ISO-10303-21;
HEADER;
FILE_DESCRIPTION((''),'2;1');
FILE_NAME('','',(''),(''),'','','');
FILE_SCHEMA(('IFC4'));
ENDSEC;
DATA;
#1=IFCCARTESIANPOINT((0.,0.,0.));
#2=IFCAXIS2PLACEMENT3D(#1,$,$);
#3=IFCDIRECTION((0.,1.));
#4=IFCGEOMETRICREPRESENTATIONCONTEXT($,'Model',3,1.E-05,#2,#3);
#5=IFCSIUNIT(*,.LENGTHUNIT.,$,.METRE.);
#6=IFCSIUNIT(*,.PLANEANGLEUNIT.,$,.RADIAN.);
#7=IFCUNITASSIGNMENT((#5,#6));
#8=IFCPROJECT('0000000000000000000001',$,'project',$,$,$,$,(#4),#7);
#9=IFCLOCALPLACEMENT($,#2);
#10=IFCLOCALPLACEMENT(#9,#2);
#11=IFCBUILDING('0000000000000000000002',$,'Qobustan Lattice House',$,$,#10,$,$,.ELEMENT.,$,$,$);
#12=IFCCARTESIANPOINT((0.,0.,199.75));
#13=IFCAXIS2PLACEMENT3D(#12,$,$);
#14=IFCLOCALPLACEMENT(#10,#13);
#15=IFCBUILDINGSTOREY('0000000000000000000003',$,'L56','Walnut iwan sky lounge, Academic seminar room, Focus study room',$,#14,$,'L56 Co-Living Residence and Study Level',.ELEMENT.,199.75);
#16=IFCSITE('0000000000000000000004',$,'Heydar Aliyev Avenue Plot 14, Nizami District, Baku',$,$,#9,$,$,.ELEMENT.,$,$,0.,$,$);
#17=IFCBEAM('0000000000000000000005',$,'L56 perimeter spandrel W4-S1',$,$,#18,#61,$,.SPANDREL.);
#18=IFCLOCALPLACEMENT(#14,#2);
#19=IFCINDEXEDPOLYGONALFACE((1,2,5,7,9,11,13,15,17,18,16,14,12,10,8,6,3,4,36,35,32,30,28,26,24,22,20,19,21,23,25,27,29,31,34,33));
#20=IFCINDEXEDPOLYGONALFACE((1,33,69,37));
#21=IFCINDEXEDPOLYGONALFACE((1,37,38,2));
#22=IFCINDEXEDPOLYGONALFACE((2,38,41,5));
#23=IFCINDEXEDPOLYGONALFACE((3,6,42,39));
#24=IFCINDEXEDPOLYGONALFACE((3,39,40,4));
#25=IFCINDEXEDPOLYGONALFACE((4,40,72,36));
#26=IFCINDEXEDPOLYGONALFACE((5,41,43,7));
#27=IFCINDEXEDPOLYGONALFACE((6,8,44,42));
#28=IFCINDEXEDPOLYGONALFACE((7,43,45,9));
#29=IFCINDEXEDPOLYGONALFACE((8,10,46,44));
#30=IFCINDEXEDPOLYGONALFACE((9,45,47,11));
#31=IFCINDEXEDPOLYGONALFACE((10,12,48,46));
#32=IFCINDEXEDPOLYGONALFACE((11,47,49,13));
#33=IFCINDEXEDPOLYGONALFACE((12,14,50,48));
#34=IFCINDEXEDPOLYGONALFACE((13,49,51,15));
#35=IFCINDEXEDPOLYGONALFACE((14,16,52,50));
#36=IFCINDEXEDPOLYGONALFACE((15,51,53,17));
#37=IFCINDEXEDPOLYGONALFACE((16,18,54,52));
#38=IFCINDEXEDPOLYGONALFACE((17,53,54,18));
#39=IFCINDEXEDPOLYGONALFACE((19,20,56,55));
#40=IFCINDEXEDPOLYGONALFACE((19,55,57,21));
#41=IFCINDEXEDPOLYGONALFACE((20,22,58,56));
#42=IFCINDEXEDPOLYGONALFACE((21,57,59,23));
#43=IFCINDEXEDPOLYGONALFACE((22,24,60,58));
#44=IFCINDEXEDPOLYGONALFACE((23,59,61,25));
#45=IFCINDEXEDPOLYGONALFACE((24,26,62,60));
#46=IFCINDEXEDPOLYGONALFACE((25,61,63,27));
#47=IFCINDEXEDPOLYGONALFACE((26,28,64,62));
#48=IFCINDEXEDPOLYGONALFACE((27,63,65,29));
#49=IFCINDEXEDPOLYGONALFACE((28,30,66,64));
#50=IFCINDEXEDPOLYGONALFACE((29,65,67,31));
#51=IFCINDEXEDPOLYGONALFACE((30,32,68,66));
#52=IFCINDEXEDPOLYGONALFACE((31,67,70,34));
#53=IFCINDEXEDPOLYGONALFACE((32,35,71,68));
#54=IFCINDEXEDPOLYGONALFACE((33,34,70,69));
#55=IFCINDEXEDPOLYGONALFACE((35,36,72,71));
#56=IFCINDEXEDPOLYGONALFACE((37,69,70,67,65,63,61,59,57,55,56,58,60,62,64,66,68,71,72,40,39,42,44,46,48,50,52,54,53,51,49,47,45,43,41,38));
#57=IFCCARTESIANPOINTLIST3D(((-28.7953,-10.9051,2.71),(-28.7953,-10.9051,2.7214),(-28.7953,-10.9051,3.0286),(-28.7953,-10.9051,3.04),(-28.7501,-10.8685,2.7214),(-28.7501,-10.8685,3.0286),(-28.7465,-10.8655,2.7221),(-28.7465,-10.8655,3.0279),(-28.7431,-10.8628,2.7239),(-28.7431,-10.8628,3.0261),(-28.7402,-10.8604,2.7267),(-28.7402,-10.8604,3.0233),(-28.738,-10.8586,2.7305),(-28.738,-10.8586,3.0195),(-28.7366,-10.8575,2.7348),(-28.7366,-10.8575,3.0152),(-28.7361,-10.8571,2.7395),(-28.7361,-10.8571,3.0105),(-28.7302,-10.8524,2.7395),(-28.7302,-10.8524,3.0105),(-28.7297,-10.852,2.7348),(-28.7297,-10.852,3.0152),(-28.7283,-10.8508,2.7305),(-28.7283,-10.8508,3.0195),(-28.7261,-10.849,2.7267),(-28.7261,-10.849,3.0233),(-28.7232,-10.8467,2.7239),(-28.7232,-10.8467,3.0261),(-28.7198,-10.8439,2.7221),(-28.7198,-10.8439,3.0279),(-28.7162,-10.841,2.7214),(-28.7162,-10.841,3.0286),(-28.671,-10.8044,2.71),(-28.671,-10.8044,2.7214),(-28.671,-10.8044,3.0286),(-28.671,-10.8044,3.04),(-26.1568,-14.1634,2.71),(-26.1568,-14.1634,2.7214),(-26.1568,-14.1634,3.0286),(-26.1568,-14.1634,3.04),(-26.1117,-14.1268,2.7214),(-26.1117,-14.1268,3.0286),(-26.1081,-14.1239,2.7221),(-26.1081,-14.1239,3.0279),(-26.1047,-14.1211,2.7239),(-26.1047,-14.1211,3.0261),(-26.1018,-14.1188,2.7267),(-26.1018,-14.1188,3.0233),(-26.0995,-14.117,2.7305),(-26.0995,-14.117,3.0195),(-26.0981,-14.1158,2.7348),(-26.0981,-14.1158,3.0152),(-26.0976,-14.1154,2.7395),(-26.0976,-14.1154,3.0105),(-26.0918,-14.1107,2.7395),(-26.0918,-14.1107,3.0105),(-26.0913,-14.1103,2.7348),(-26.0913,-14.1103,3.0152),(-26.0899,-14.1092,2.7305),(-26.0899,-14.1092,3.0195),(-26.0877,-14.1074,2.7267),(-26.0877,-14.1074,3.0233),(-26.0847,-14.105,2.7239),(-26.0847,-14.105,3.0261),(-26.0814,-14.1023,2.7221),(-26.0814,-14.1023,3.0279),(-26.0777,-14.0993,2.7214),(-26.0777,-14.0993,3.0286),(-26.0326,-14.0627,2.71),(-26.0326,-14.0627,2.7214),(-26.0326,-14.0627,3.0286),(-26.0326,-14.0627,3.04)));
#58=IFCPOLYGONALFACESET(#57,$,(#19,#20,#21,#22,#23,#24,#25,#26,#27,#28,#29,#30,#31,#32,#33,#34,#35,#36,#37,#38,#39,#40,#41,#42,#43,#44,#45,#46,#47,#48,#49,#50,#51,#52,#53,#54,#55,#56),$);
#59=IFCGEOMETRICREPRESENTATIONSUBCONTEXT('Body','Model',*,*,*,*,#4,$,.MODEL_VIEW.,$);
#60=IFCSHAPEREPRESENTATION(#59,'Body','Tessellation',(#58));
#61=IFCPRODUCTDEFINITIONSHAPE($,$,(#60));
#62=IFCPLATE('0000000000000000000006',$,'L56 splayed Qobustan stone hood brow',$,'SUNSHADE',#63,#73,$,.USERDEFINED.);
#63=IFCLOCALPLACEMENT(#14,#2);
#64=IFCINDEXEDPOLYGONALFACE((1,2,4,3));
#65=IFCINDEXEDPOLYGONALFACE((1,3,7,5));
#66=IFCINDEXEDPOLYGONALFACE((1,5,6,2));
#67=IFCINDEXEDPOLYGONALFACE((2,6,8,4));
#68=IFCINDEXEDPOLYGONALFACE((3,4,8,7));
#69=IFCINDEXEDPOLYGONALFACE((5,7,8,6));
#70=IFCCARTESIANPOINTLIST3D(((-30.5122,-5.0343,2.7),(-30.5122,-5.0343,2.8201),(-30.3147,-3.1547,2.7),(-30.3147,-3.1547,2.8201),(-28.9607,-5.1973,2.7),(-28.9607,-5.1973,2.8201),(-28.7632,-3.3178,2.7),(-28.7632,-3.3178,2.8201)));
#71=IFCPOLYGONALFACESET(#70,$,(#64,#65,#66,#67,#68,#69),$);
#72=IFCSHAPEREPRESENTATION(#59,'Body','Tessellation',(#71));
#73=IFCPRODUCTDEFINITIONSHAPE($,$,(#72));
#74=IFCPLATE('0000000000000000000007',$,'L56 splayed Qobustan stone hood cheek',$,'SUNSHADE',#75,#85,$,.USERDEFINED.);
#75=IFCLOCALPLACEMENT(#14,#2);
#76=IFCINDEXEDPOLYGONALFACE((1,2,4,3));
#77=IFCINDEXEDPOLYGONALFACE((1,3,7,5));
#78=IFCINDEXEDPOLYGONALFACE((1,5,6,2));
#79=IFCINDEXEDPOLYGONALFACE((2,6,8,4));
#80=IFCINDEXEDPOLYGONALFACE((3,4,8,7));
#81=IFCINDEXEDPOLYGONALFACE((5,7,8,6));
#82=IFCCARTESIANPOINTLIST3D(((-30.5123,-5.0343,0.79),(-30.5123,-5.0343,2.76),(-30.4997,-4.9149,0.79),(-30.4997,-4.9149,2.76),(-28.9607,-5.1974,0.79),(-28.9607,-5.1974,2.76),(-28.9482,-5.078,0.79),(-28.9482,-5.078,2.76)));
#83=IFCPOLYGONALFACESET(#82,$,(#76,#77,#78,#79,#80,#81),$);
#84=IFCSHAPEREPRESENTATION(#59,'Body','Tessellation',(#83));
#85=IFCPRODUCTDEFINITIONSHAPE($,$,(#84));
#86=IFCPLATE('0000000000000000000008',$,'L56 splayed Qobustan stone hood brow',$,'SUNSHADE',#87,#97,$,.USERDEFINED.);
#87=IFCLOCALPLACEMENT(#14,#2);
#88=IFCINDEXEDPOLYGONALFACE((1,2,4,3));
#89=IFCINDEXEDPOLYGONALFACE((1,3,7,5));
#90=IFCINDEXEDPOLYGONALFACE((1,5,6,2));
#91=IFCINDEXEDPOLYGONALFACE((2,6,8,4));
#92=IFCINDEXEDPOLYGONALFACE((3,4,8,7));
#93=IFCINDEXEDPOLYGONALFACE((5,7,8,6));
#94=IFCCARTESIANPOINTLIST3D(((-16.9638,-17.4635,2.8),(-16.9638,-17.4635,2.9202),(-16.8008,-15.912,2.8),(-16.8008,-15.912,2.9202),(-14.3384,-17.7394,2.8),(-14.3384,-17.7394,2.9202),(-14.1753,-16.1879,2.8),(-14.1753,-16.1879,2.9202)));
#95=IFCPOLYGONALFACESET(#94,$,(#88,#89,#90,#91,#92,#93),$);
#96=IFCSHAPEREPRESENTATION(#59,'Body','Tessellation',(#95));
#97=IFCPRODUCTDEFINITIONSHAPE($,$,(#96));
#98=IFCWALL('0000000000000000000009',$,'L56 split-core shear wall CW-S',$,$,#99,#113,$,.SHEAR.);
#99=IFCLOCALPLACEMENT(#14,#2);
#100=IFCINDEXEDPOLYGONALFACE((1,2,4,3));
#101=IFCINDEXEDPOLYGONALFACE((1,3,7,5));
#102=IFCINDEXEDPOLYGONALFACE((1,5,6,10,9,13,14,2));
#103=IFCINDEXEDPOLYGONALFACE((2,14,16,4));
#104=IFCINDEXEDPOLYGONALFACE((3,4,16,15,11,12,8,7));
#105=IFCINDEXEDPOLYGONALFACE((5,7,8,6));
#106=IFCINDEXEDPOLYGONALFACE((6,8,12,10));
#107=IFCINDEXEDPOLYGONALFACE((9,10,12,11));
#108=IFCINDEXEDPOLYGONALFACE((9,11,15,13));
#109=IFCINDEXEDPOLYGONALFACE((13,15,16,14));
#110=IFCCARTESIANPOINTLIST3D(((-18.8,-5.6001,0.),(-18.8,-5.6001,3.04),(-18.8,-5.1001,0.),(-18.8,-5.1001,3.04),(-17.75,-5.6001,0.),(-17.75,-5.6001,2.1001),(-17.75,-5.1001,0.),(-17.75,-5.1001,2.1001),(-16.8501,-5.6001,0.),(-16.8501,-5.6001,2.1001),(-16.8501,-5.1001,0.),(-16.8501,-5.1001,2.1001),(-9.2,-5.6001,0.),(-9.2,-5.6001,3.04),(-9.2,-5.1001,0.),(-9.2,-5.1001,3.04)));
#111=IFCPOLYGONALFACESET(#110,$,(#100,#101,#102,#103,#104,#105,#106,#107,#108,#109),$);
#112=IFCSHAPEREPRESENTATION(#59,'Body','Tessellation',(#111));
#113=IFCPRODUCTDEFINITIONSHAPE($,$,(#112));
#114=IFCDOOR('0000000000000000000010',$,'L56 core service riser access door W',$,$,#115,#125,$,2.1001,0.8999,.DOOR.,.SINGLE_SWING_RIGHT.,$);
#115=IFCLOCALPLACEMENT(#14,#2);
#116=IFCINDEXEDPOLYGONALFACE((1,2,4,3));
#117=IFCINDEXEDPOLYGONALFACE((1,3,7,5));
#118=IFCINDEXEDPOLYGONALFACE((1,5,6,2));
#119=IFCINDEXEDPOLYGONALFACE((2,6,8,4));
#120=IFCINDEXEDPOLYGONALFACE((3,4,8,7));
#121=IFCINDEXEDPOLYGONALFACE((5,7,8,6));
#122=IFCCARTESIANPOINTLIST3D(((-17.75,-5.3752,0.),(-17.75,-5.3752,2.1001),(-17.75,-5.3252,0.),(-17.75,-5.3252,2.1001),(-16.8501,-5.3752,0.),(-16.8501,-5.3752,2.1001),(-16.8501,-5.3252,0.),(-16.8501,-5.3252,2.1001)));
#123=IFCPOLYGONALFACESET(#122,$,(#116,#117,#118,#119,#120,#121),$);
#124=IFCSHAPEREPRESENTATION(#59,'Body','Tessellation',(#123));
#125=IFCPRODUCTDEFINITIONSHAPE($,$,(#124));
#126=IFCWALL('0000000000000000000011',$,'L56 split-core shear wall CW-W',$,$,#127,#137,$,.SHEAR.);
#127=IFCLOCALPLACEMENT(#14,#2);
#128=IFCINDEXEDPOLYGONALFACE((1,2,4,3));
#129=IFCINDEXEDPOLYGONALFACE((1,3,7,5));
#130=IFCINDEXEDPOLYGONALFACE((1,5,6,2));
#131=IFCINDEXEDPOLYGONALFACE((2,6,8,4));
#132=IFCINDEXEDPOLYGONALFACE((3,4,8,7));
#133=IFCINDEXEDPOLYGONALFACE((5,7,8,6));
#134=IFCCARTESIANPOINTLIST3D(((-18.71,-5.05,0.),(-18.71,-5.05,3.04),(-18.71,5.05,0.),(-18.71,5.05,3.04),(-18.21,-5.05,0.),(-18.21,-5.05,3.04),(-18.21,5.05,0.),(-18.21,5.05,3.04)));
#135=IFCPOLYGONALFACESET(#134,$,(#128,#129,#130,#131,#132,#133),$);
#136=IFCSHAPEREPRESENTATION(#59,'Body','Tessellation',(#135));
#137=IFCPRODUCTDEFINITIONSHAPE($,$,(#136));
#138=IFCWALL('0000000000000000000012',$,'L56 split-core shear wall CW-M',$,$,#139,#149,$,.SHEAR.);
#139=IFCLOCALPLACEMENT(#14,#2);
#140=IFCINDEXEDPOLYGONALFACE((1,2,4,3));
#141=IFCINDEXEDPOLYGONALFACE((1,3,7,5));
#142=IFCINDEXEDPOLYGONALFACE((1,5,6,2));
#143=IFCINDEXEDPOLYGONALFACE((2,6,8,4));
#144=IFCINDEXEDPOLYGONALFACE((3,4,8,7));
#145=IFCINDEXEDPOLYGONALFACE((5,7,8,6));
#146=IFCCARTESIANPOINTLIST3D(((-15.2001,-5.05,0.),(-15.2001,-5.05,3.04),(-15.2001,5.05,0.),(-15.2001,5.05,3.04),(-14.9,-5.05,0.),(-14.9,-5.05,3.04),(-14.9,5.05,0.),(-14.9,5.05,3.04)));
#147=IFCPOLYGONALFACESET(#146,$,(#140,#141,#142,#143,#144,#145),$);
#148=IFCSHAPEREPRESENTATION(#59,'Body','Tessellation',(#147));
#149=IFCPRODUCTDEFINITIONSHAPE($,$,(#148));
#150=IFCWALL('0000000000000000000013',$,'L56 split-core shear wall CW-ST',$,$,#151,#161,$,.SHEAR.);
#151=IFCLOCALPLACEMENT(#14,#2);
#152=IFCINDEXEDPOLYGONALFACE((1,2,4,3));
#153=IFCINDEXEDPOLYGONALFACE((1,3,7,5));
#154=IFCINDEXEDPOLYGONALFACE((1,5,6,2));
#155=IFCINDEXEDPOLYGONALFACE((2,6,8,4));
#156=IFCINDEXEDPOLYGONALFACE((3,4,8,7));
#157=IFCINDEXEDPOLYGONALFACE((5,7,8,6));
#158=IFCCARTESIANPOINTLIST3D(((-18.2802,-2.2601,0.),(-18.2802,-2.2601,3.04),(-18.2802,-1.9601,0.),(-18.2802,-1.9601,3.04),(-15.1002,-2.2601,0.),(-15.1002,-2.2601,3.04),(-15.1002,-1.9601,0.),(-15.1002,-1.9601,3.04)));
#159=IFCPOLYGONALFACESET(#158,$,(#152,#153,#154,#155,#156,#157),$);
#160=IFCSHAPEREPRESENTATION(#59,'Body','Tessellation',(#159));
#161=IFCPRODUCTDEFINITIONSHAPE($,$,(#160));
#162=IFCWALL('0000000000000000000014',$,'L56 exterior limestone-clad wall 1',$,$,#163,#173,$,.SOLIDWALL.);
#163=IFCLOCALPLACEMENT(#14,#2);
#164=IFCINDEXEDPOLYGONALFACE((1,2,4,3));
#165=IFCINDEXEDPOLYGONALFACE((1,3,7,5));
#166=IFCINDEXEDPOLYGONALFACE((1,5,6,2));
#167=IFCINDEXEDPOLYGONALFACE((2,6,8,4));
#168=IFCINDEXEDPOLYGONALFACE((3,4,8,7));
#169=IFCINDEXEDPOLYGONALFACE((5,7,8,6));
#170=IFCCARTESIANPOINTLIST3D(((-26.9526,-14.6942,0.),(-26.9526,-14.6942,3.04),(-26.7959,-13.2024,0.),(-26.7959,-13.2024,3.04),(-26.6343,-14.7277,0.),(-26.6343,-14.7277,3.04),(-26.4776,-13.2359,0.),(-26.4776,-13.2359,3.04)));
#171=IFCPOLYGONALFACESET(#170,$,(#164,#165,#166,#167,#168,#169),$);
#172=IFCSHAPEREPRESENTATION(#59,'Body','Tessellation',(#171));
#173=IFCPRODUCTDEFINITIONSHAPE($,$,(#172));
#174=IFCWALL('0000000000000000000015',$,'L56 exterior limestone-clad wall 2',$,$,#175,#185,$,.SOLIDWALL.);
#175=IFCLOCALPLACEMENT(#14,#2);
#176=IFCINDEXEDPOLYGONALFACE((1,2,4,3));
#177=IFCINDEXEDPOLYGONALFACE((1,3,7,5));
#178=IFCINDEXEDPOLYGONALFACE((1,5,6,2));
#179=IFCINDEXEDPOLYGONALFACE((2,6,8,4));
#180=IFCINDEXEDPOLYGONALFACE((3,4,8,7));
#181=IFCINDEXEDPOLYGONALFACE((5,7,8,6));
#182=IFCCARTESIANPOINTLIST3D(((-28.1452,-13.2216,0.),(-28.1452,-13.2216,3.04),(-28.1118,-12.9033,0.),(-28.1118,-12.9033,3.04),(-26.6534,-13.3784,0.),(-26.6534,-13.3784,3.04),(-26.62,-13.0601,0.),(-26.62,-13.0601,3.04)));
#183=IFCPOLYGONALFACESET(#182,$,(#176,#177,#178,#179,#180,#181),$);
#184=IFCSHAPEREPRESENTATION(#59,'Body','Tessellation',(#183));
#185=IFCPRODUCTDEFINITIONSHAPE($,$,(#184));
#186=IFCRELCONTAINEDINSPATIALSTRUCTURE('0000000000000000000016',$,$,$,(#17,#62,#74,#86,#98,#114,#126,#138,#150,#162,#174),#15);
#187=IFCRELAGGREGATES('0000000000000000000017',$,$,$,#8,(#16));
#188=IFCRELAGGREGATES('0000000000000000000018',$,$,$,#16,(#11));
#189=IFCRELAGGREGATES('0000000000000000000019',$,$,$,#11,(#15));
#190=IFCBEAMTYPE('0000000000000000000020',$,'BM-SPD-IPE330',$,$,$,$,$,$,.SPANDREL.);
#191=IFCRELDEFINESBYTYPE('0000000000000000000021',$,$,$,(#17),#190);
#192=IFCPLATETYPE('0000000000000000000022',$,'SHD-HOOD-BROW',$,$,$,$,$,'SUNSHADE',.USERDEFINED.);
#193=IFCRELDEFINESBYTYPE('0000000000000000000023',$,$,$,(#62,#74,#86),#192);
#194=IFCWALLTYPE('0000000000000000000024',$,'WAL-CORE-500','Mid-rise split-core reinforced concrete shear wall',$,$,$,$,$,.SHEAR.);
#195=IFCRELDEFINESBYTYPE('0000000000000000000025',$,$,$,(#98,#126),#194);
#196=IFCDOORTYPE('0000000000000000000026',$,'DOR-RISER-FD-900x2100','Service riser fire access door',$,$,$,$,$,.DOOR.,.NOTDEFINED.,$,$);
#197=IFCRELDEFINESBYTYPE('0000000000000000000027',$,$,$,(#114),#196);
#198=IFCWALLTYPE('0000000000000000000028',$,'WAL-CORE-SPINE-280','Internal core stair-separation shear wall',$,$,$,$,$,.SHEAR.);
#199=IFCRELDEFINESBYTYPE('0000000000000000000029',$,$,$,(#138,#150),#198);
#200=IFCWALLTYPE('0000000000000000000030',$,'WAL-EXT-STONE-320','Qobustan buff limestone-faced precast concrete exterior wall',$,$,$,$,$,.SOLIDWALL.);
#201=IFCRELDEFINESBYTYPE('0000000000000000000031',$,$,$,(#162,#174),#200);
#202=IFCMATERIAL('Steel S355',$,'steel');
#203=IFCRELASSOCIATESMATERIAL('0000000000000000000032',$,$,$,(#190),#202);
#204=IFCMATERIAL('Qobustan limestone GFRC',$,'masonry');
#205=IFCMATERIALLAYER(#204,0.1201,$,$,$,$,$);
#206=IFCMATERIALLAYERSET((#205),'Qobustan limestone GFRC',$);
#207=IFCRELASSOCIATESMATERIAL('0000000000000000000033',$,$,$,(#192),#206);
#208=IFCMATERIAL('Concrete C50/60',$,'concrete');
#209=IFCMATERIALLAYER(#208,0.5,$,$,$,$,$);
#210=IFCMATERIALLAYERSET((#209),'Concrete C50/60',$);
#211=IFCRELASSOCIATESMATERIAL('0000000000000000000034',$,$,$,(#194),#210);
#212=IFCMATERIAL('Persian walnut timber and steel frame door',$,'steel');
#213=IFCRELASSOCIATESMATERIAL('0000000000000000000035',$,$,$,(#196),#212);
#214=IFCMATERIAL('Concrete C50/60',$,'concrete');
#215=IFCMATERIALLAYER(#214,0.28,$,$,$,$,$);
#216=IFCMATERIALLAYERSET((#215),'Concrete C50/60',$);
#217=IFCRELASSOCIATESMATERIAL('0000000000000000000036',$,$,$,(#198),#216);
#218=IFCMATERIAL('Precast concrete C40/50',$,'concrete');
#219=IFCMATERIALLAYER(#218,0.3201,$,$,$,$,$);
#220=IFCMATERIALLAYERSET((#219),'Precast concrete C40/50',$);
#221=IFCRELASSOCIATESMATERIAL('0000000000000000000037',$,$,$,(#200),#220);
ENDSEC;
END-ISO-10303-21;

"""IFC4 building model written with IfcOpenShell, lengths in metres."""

from ifc_helpers import new_model, si_unit, direction, frame, frame_2d, origin, origin_2d, place, context, subcontext, project, spatial, rectangle, i_section, extrude, material, layer, layer_set, material_profile, profile_set, type_object, element, fill, save


model = new_model("IFC4")

# Units and contexts
model_context = context("Model", 3, precision=1e-05, world=origin(), true_north=direction((0.0, 1.0)))
body_context = subcontext(model_context, "Body", "Model", "MODEL_VIEW")
ifc_project = project(units=[si_unit("LENGTHUNIT", "METRE"), si_unit("PLANEANGLEUNIT", "RADIAN")], contexts=[model_context])

# Site, building, storey
site_placement = place(None, origin())
site = spatial("IfcSite", under=ifc_project, at=site_placement, Name="Heydar Aliyev Avenue Plot 14, Nizami District, Baku", CompositionType="ELEMENT", RefElevation=0.0)
building_placement = place(site_placement, origin())
building = spatial("IfcBuilding", under=site, at=building_placement, Name="Qobustan Lattice House", CompositionType="ELEMENT")
storey_placement = place(building_placement, frame((0.0, 0.0, 199.75)))
storey = spatial("IfcBuildingStorey", under=building, at=storey_placement, Name="L56", Description="Walnut iwan sky lounge, Academic seminar room, Focus study room", LongName="L56 Co-Living Residence and Study Level", CompositionType="ELEMENT", Elevation=199.75)

# Beam
ifc_material_1 = material(Name="Steel S355", Category="steel")
ifc_material_profile_1 = material_profile(ifc_material_1, i_section(OverallWidth=0.1599, OverallDepth=0.3301, WebThickness=0.0076, FlangeThickness=0.0115, FilletRadius=0.0181, at=origin_2d()), Name="IPE330")
ifc_profile_set_1 = profile_set([ifc_material_profile_1], Name="Steel S355")
beam_type_1 = type_object("IfcBeamType", Name="BM-SPD-IPE330", PredefinedType="SPANDREL", material=ifc_profile_set_1)
beam_1_placement = place(storey_placement, frame((-28.7332, -10.8547, 2.875), z_axis=(0.629307, -0.777157, 0.0), x_axis=(0.777157, 0.629307, 0.0)))
element("IfcBeam", 1, at=beam_1_placement, inside=storey, type_object=beam_type_1, Name="L56 perimeter spandrel W4-S1", PredefinedType="SPANDREL", context=body_context, shape_type="SweptSolid", body=[
    extrude(i_section(OverallWidth=0.1599, OverallDepth=0.3301, WebThickness=0.0076, FlangeThickness=0.0115, FilletRadius=0.0181, at=origin_2d()), origin(), (0.0, 0.0, 1.0), 4.1926),
])

# Plates
ifc_material_2 = material(Name="Qobustan limestone GFRC", Category="masonry")
ifc_layer_1 = layer(ifc_material_2, 0.1201)
ifc_layer_set_1 = layer_set([ifc_layer_1], Name="Qobustan limestone GFRC")
plate_type = type_object("IfcPlateType", Name="SHD-HOOD-BROW", ElementType="SUNSHADE", PredefinedType="USERDEFINED", material=ifc_layer_set_1)
plate_1_placement = place(storey_placement, frame((-29.6377, -4.176, 2.7), z_axis=(0.0, 0.0, 1.0), x_axis=(0.104528, 0.994522, 0.0)))
element("IfcPlate", 2, at=plate_1_placement, inside=storey, type_object=plate_type, Name="L56 splayed Qobustan stone hood brow", ObjectType="SUNSHADE", PredefinedType="USERDEFINED", context=body_context, shape_type="SweptSolid", body=[
    extrude(rectangle(XDim=1.8899, YDim=1.5601, at=origin_2d()), origin(), (0.0, 0.0, 1.0), 0.1201),
])
plate_2_placement = place(storey_placement, frame((-29.7302, -5.0562, 0.79), z_axis=(0.0, 0.0, 1.0), x_axis=(0.104528, 0.994522, 0.0)))
element("IfcPlate", 3, at=plate_2_placement, inside=storey, type_object=plate_type, Name="L56 splayed Qobustan stone hood cheek", ObjectType="SUNSHADE", PredefinedType="USERDEFINED", context=body_context, shape_type="SweptSolid", body=[
    extrude(rectangle(XDim=0.1201, YDim=1.5601, at=origin_2d()), origin(), (0.0, 0.0, 1.0), 1.97),
])
plate_3_placement = place(storey_placement, frame((-15.5696, -16.8257, 2.8), z_axis=(0.0, 0.0, 1.0), x_axis=(-0.994522, 0.104528, 0.0)))
element("IfcPlate", 4, at=plate_3_placement, inside=storey, type_object=plate_type, Name="L56 splayed Qobustan stone hood brow", ObjectType="SUNSHADE", PredefinedType="USERDEFINED", context=body_context, shape_type="SweptSolid", body=[
    extrude(rectangle(XDim=2.6399, YDim=1.5601, at=origin_2d()), origin(), (0.0, 0.0, 1.0), 0.1201),
])

# Wall, opening, door
ifc_material_3 = material(Name="Concrete C50/60", Category="concrete")
ifc_layer_2 = layer(ifc_material_3, 0.5)
ifc_layer_set_2 = layer_set([ifc_layer_2], Name="Concrete C50/60")
wall_type_1 = type_object("IfcWallType", Name="WAL-CORE-500", Description="Mid-rise split-core reinforced concrete shear wall", PredefinedType="SHEAR", material=ifc_layer_set_2)
wall_1_placement = place(storey_placement, frame((-18.8, -5.3501, 0.0), z_axis=(0.0, 0.0, 1.0), x_axis=(1.0, 0.0, 0.0)))
wall_1 = element("IfcWall", 5, at=wall_1_placement, inside=storey, type_object=wall_type_1, Name="L56 split-core shear wall CW-S", PredefinedType="SHEAR", context=body_context, shape_type="SweptSolid", body=[
    extrude(rectangle(XDim=9.6001, YDim=0.5, at=frame_2d((4.8, 0.0))), origin(), (0.0, 0.0, 1.0), 3.04),
])
opening_1_placement = place(wall_1_placement, frame((1.05, 0.0, 0.0)))
opening_1 = element("IfcOpeningElement", 6, at=opening_1_placement, cuts=wall_1, PredefinedType="OPENING", context=body_context, shape_type="SweptSolid", body=[
    extrude(rectangle(XDim=0.8999, YDim=2.1001, at=frame_2d((0.45, 1.05))), frame((0.0, 0.26, 0.0), z_axis=(0.0, -1.0, 0.0), x_axis=(1.0, 0.0, 0.0)), (0.0, 0.0, 1.0), 0.52),
])
ifc_material_4 = material(Name="Persian walnut timber and steel frame door", Category="steel")
door_type_1 = type_object("IfcDoorType", Name="DOR-RISER-FD-900x2100", Description="Service riser fire access door", OperationType="NOTDEFINED", PredefinedType="DOOR", material=ifc_material_4)
door_1_placement = place(opening_1_placement, origin())
door_1 = element("IfcDoor", 7, at=door_1_placement, inside=storey, type_object=door_type_1, Name="L56 core service riser access door W", OperationType="SINGLE_SWING_RIGHT", OverallHeight=2.1001, OverallWidth=0.8999, PredefinedType="DOOR", context=body_context, shape_type="SweptSolid", body=[
    extrude(rectangle(XDim=0.8999, YDim=2.1001, at=frame_2d((0.45, 1.05))), frame((0.0, 0.0249, 0.0), z_axis=(0.0, -1.0, 0.0), x_axis=(1.0, 0.0, 0.0)), (0.0, 0.0, 1.0), 0.05),
])
fill(opening_1, door_1)

# Walls
wall_2_placement = place(storey_placement, frame((-18.46, -5.05, 0.0), z_axis=(0.0, 0.0, 1.0), x_axis=(0.0, 1.0, 0.0)))
element("IfcWall", 8, at=wall_2_placement, inside=storey, type_object=wall_type_1, Name="L56 split-core shear wall CW-W", PredefinedType="SHEAR", context=body_context, shape_type="SweptSolid", body=[
    extrude(rectangle(XDim=10.1001, YDim=0.5, at=frame_2d((5.05, 0.0))), origin(), (0.0, 0.0, 1.0), 3.04),
])
ifc_material_5 = material(Name="Concrete C50/60", Category="concrete")
ifc_layer_3 = layer(ifc_material_5, 0.28)
ifc_layer_set_3 = layer_set([ifc_layer_3], Name="Concrete C50/60")
wall_type_2 = type_object("IfcWallType", Name="WAL-CORE-SPINE-280", Description="Internal core stair-separation shear wall", PredefinedType="SHEAR", material=ifc_layer_set_3)
wall_3_placement = place(storey_placement, frame((-15.05, -5.05, 0.0), z_axis=(0.0, 0.0, 1.0), x_axis=(0.0, 1.0, 0.0)))
element("IfcWall", 9, at=wall_3_placement, inside=storey, type_object=wall_type_2, Name="L56 split-core shear wall CW-M", PredefinedType="SHEAR", context=body_context, shape_type="SweptSolid", body=[
    extrude(rectangle(XDim=10.1001, YDim=0.3, at=frame_2d((5.05, 0.0))), origin(), (0.0, 0.0, 1.0), 3.04),
])
wall_4_placement = place(storey_placement, frame((-18.28, -2.1101, 0.0), z_axis=(0.0, 0.0, 1.0), x_axis=(1.0, 0.0, 0.0)))
element("IfcWall", 10, at=wall_4_placement, inside=storey, type_object=wall_type_2, Name="L56 split-core shear wall CW-ST", PredefinedType="SHEAR", context=body_context, shape_type="SweptSolid", body=[
    extrude(rectangle(XDim=3.1799, YDim=0.3, at=frame_2d((1.5898, 0.0))), origin(), (0.0, 0.0, 1.0), 3.04),
])
ifc_material_6 = material(Name="Precast concrete C40/50", Category="concrete")
ifc_layer_4 = layer(ifc_material_6, 0.3201)
ifc_layer_set_4 = layer_set([ifc_layer_4], Name="Precast concrete C40/50")
wall_type_3 = type_object("IfcWallType", Name="WAL-EXT-STONE-320", Description="Qobustan buff limestone-faced precast concrete exterior wall", PredefinedType="SOLIDWALL", material=ifc_layer_set_4)
for number, where, z_axis, x_axis, name in (
    (11, (-26.7935, -14.7109, 0.0), (0.0, 0.0, 1.0), (0.104498, 0.994525, 0.0), "L56 exterior limestone-clad wall 1"),
    (12, (-26.6367, -13.2192, 0.0), (0.0, 0.0, 1.0), (-0.994525, 0.104498, 0.0), "L56 exterior limestone-clad wall 2"),
):
    element("IfcWall", number, at=place(storey_placement, frame(where, z_axis=z_axis, x_axis=x_axis)), inside=storey, type_object=wall_type_3, Name=name, PredefinedType="SOLIDWALL", context=body_context, shape_type="SweptSolid", body=[
        extrude(rectangle(XDim=1.5, YDim=0.3201, at=frame_2d((0.75, 0.0))), origin(), (0.0, 0.0, 1.0), 3.04),
    ])

save(model, "model.ifc")
